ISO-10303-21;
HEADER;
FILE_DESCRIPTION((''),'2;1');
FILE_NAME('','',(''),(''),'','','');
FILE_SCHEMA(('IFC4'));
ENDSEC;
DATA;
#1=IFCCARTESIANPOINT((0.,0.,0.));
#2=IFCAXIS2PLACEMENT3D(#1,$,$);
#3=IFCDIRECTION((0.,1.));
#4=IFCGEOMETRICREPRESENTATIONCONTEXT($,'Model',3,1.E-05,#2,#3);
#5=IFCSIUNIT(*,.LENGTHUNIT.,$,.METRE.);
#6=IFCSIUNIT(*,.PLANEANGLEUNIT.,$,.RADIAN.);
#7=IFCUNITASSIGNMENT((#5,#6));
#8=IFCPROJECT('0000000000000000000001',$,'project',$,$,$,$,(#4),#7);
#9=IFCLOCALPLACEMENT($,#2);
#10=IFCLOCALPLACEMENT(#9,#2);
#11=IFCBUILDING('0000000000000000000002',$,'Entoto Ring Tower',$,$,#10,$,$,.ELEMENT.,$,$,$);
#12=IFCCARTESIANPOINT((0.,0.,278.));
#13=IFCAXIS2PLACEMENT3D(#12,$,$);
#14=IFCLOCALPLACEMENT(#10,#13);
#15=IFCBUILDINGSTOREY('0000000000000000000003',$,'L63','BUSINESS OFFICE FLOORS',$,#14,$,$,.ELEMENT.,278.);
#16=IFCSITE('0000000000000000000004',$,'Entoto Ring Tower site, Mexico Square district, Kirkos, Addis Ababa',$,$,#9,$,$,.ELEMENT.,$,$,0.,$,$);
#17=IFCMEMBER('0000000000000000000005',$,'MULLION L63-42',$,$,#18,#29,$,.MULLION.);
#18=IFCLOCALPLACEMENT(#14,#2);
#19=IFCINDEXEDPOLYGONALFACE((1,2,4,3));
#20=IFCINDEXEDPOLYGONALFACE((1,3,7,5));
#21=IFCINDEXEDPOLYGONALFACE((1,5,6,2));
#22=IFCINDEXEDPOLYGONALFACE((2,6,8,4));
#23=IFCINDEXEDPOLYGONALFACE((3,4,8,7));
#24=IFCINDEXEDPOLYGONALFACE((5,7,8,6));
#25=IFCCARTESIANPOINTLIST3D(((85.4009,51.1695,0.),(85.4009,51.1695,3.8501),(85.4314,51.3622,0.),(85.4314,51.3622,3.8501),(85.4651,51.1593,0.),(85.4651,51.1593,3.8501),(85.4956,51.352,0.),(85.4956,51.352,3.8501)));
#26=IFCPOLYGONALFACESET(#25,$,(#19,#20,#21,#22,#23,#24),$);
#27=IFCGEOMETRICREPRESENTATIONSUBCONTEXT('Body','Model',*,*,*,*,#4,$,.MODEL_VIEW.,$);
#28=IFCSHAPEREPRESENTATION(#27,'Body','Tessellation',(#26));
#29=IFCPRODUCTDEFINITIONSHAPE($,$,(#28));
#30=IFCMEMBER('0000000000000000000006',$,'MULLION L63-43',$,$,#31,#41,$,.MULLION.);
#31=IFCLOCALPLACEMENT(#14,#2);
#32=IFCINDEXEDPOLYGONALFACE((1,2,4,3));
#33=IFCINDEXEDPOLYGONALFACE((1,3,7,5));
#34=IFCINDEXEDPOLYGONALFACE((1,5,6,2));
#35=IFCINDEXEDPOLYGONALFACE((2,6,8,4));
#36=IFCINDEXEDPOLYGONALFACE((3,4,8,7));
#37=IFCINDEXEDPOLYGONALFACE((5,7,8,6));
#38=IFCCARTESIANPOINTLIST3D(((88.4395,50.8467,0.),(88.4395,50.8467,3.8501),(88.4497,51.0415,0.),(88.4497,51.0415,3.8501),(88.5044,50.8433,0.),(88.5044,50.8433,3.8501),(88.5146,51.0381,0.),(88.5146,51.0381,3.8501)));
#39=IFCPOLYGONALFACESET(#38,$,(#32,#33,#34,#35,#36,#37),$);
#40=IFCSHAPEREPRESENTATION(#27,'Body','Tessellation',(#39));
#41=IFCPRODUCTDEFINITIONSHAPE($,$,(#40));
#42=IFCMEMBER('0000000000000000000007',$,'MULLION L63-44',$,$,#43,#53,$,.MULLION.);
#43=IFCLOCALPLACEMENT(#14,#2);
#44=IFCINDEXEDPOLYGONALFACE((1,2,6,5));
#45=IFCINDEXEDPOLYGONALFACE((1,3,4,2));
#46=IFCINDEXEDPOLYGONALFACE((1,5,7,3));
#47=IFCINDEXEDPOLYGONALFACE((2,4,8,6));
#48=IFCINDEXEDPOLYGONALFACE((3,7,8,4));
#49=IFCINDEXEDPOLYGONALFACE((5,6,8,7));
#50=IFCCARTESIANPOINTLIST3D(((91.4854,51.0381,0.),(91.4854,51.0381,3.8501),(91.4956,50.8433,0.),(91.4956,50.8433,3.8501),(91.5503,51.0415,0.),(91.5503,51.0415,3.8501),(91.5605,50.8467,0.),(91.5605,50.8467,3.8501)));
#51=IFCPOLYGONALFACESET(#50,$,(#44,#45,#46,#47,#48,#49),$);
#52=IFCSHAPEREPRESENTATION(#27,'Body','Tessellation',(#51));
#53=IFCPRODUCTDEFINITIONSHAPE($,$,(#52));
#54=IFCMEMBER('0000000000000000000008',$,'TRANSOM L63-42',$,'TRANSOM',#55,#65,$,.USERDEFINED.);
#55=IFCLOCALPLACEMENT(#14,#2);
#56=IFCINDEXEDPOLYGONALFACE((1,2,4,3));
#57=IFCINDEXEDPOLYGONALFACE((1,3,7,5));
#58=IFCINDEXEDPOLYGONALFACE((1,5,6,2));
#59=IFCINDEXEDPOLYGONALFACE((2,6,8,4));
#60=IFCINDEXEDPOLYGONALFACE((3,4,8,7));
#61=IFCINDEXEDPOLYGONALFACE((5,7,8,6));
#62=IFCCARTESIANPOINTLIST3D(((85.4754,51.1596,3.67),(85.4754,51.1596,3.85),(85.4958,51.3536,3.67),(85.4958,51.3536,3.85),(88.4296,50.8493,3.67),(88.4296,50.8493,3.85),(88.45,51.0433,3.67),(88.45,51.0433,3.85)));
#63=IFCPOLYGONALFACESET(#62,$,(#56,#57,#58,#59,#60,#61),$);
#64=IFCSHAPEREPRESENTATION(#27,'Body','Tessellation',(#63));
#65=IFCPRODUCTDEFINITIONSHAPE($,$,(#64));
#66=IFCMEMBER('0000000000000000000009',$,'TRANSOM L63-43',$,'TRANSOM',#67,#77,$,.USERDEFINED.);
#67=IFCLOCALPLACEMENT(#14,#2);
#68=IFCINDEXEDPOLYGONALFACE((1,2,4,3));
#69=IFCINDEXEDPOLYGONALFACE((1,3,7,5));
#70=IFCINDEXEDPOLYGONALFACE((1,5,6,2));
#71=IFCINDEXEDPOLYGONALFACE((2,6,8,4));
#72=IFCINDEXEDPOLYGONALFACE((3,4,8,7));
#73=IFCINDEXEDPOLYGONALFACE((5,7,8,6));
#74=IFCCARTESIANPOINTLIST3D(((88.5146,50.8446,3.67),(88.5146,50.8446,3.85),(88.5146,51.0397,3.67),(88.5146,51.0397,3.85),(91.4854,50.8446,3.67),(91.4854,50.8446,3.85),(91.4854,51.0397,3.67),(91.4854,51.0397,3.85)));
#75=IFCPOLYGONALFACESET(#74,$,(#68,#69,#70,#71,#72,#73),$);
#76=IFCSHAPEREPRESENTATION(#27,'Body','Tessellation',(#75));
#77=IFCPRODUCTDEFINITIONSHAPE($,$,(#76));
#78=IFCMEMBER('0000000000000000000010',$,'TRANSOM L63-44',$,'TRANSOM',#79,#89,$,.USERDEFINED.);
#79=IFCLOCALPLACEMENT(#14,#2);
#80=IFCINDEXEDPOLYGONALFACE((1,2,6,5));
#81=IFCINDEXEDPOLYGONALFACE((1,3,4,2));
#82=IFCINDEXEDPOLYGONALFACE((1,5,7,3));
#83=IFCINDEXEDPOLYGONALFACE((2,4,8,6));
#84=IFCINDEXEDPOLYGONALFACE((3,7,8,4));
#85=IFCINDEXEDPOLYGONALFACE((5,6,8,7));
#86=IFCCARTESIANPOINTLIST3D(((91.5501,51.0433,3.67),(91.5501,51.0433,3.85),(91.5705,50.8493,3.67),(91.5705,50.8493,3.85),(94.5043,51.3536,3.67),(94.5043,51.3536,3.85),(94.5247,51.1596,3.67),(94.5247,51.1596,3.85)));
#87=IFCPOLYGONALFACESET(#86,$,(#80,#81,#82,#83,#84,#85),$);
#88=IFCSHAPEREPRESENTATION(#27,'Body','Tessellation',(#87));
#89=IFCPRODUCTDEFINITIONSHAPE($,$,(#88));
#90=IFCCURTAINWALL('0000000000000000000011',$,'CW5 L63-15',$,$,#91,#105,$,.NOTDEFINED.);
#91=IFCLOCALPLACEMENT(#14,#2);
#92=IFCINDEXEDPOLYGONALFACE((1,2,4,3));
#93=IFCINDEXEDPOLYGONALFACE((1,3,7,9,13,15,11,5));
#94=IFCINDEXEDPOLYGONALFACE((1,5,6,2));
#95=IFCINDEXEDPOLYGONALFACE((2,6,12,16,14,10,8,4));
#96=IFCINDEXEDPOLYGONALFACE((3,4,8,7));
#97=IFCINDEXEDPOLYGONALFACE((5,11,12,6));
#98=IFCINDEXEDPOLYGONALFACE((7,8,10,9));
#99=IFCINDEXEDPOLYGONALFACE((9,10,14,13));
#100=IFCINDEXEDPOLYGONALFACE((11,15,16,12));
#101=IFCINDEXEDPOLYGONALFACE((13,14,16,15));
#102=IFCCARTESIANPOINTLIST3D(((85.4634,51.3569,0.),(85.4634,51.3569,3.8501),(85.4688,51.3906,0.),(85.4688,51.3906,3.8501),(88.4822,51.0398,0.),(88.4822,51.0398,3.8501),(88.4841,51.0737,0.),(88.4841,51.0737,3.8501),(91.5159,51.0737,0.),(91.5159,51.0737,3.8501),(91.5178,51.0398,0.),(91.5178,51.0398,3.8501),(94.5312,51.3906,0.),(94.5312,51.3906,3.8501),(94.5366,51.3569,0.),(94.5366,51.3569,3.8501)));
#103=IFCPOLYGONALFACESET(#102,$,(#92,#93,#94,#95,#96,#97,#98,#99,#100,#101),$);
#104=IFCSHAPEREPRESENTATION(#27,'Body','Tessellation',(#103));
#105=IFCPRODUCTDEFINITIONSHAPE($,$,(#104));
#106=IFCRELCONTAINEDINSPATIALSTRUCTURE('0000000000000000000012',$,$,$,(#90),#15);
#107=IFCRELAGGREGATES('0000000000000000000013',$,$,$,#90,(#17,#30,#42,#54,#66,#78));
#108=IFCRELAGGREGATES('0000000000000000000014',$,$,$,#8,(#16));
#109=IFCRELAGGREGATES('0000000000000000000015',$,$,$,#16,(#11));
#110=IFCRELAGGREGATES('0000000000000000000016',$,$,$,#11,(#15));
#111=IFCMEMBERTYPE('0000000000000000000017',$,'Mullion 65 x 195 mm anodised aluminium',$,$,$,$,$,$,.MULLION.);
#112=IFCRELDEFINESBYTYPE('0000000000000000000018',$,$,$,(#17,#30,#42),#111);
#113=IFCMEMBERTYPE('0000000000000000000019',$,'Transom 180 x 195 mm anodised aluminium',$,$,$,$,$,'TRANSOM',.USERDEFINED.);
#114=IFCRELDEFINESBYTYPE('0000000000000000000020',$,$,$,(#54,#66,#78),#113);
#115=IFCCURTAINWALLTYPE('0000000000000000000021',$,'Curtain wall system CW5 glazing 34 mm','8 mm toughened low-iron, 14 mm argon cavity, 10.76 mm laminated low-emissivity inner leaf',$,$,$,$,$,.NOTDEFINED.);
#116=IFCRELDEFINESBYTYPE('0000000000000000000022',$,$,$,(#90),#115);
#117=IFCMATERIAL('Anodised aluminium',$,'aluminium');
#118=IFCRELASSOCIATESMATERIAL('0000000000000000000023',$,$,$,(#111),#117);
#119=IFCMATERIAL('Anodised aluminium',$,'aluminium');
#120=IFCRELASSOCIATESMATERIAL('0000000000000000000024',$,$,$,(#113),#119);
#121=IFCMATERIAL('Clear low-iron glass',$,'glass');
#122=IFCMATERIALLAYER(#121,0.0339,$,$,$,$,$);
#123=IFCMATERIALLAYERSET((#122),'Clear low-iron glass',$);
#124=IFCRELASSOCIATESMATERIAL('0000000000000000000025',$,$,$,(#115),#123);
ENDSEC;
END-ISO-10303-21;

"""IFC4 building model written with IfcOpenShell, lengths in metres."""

from ifc_helpers import new_model, si_unit, direction, frame, origin, origin_2d, place, context, subcontext, project, spatial, polyline, rectangle, outline, extrude, material, layer, layer_set, material_profile, profile_set, type_object, element, aggregate, save


model = new_model("IFC4")

# Units and contexts
model_context = context("Model", 3, precision=1e-05, world=origin(), true_north=direction((0.0, 1.0)))
body_context = subcontext(model_context, "Body", "Model", "MODEL_VIEW")
ifc_project = project(units=[si_unit("LENGTHUNIT", "METRE"), si_unit("PLANEANGLEUNIT", "RADIAN")], contexts=[model_context])

# Members
ifc_material_1 = material(Name="Anodised aluminium", Category="aluminium")
ifc_material_profile_1 = material_profile(ifc_material_1, rectangle(XDim=0.0649, YDim=0.1951, at=origin_2d()), Name="Mullion 65 x 195 mm anodised aluminium")
ifc_profile_set_1 = profile_set([ifc_material_profile_1], Name="Anodised aluminium")
member_type_1 = type_object("IfcMemberType", Name="Mullion 65 x 195 mm anodised aluminium", PredefinedType="MULLION", material=ifc_profile_set_1)
site_placement = place(None, origin())
building_placement = place(site_placement, origin())
storey_placement = place(building_placement, frame((0.0, 0.0, 278.0)))
member_1_placement = place(storey_placement, frame((85.4482, 51.2607, 0.0), z_axis=(0.0, 0.0, 1.0), x_axis=(0.987688, -0.156434, 0.0)))
member_1 = element("IfcMember", 1, at=member_1_placement, type_object=member_type_1, Name="MULLION L63-42", PredefinedType="MULLION", context=body_context, shape_type="SweptSolid", body=[
    extrude(rectangle(XDim=0.0649, YDim=0.1951, at=origin_2d()), origin(), (0.0, 0.0, 1.0), 3.8501),
])
member_2_placement = place(storey_placement, frame((88.4771, 50.9424, 0.0), z_axis=(0.0, 0.0, 1.0), x_axis=(0.99863, -0.052336, 0.0)))
member_2 = element("IfcMember", 2, at=member_2_placement, type_object=member_type_1, Name="MULLION L63-43", PredefinedType="MULLION", context=body_context, shape_type="SweptSolid", body=[
    extrude(rectangle(XDim=0.0649, YDim=0.1951, at=origin_2d()), origin(), (0.0, 0.0, 1.0), 3.8501),
])
member_3_placement = place(storey_placement, frame((91.5229, 50.9424, 0.0), z_axis=(0.0, 0.0, 1.0), x_axis=(0.99863, 0.052336, 0.0)))
member_3 = element("IfcMember", 3, at=member_3_placement, type_object=member_type_1, Name="MULLION L63-44", PredefinedType="MULLION", context=body_context, shape_type="SweptSolid", body=[
    extrude(rectangle(XDim=0.0649, YDim=0.1951, at=origin_2d()), origin(), (0.0, 0.0, 1.0), 3.8501),
])
ifc_material_2 = material(Name="Anodised aluminium", Category="aluminium")
ifc_material_profile_2 = material_profile(ifc_material_2, rectangle(XDim=0.1951, YDim=0.1799, at=origin_2d()), Name="Transom 180 x 195 mm anodised aluminium")
ifc_profile_set_2 = profile_set([ifc_material_profile_2], Name="Anodised aluminium")
member_type_2 = type_object("IfcMemberType", Name="Transom 180 x 195 mm anodised aluminium", ElementType="TRANSOM", PredefinedType="USERDEFINED", material=ifc_profile_set_2)
member_4_placement = place(storey_placement, frame((85.4856, 51.2566, 3.76), z_axis=(0.994528, -0.104467, 0.0), x_axis=(0.104467, 0.994528, 0.0)))
member_4 = element("IfcMember", 4, at=member_4_placement, type_object=member_type_2, Name="TRANSOM L63-42", ObjectType="TRANSOM", PredefinedType="USERDEFINED", context=body_context, shape_type="SweptSolid", body=[
    extrude(rectangle(XDim=0.1951, YDim=0.1799, at=origin_2d()), origin(), (0.0, 0.0, 1.0), 2.9705),
])
member_5_placement = place(storey_placement, frame((88.5146, 50.9421, 3.76), z_axis=(1.0, 0.0, 0.0), x_axis=(0.0, 1.0, 0.0)))
member_5 = element("IfcMember", 5, at=member_5_placement, type_object=member_type_2, Name="TRANSOM L63-43", ObjectType="TRANSOM", PredefinedType="USERDEFINED", context=body_context, shape_type="SweptSolid", body=[
    extrude(rectangle(XDim=0.1951, YDim=0.1799, at=origin_2d()), origin(), (0.0, 0.0, 1.0), 2.9707),
])
member_6_placement = place(storey_placement, frame((91.5603, 50.9463, 3.76), z_axis=(0.994528, 0.104467, 0.0), x_axis=(-0.104467, 0.994528, 0.0)))
member_6 = element("IfcMember", 6, at=member_6_placement, type_object=member_type_2, Name="TRANSOM L63-44", ObjectType="TRANSOM", PredefinedType="USERDEFINED", context=body_context, shape_type="SweptSolid", body=[
    extrude(rectangle(XDim=0.1951, YDim=0.1799, at=origin_2d()), origin(), (0.0, 0.0, 1.0), 2.9705),
])

# Site, building, storey
site = spatial("IfcSite", under=ifc_project, at=site_placement, Name="Entoto Ring Tower site, Mexico Square district, Kirkos, Addis Ababa", CompositionType="ELEMENT", RefElevation=0.0)
building = spatial("IfcBuilding", under=site, at=building_placement, Name="Entoto Ring Tower", CompositionType="ELEMENT")
storey = spatial("IfcBuildingStorey", under=building, at=storey_placement, Name="L63", Description="BUSINESS OFFICE FLOORS", CompositionType="ELEMENT", Elevation=278.0)

# Curtain wall
ifc_material_3 = material(Name="Clear low-iron glass", Category="glass")
ifc_layer = layer(ifc_material_3, 0.0339)
ifc_layer_set = layer_set([ifc_layer], Name="Clear low-iron glass")
curtain_wall_type = type_object("IfcCurtainWallType", Name="Curtain wall system CW5 glazing 34 mm", Description="8 mm toughened low-iron, 14 mm argon cavity, 10.76 mm laminated low-emissivity inner leaf", PredefinedType="NOTDEFINED", material=ifc_layer_set)
curtain_wall_1_placement = place(storey_placement, origin())
curtain_wall_1 = element("IfcCurtainWall", 7, at=curtain_wall_1_placement, inside=storey, type_object=curtain_wall_type, Name="CW5 L63-15", PredefinedType="NOTDEFINED", context=body_context, shape_type="SweptSolid", body=[
    extrude(outline(polyline([(85.4634, 51.3569), (88.4822, 51.0398), (91.5178, 51.0398), (94.5366, 51.3569), (94.5312, 51.3906), (91.5159, 51.0737), (88.4841, 51.0737), (85.4688, 51.3906), (85.4634, 51.3569)])), origin(), (0.0, 0.0, 1.0), 3.8501),
])
aggregate(curtain_wall_1, [member_1, member_2, member_3, member_4, member_5, member_6])

save(model, "model.ifc")
